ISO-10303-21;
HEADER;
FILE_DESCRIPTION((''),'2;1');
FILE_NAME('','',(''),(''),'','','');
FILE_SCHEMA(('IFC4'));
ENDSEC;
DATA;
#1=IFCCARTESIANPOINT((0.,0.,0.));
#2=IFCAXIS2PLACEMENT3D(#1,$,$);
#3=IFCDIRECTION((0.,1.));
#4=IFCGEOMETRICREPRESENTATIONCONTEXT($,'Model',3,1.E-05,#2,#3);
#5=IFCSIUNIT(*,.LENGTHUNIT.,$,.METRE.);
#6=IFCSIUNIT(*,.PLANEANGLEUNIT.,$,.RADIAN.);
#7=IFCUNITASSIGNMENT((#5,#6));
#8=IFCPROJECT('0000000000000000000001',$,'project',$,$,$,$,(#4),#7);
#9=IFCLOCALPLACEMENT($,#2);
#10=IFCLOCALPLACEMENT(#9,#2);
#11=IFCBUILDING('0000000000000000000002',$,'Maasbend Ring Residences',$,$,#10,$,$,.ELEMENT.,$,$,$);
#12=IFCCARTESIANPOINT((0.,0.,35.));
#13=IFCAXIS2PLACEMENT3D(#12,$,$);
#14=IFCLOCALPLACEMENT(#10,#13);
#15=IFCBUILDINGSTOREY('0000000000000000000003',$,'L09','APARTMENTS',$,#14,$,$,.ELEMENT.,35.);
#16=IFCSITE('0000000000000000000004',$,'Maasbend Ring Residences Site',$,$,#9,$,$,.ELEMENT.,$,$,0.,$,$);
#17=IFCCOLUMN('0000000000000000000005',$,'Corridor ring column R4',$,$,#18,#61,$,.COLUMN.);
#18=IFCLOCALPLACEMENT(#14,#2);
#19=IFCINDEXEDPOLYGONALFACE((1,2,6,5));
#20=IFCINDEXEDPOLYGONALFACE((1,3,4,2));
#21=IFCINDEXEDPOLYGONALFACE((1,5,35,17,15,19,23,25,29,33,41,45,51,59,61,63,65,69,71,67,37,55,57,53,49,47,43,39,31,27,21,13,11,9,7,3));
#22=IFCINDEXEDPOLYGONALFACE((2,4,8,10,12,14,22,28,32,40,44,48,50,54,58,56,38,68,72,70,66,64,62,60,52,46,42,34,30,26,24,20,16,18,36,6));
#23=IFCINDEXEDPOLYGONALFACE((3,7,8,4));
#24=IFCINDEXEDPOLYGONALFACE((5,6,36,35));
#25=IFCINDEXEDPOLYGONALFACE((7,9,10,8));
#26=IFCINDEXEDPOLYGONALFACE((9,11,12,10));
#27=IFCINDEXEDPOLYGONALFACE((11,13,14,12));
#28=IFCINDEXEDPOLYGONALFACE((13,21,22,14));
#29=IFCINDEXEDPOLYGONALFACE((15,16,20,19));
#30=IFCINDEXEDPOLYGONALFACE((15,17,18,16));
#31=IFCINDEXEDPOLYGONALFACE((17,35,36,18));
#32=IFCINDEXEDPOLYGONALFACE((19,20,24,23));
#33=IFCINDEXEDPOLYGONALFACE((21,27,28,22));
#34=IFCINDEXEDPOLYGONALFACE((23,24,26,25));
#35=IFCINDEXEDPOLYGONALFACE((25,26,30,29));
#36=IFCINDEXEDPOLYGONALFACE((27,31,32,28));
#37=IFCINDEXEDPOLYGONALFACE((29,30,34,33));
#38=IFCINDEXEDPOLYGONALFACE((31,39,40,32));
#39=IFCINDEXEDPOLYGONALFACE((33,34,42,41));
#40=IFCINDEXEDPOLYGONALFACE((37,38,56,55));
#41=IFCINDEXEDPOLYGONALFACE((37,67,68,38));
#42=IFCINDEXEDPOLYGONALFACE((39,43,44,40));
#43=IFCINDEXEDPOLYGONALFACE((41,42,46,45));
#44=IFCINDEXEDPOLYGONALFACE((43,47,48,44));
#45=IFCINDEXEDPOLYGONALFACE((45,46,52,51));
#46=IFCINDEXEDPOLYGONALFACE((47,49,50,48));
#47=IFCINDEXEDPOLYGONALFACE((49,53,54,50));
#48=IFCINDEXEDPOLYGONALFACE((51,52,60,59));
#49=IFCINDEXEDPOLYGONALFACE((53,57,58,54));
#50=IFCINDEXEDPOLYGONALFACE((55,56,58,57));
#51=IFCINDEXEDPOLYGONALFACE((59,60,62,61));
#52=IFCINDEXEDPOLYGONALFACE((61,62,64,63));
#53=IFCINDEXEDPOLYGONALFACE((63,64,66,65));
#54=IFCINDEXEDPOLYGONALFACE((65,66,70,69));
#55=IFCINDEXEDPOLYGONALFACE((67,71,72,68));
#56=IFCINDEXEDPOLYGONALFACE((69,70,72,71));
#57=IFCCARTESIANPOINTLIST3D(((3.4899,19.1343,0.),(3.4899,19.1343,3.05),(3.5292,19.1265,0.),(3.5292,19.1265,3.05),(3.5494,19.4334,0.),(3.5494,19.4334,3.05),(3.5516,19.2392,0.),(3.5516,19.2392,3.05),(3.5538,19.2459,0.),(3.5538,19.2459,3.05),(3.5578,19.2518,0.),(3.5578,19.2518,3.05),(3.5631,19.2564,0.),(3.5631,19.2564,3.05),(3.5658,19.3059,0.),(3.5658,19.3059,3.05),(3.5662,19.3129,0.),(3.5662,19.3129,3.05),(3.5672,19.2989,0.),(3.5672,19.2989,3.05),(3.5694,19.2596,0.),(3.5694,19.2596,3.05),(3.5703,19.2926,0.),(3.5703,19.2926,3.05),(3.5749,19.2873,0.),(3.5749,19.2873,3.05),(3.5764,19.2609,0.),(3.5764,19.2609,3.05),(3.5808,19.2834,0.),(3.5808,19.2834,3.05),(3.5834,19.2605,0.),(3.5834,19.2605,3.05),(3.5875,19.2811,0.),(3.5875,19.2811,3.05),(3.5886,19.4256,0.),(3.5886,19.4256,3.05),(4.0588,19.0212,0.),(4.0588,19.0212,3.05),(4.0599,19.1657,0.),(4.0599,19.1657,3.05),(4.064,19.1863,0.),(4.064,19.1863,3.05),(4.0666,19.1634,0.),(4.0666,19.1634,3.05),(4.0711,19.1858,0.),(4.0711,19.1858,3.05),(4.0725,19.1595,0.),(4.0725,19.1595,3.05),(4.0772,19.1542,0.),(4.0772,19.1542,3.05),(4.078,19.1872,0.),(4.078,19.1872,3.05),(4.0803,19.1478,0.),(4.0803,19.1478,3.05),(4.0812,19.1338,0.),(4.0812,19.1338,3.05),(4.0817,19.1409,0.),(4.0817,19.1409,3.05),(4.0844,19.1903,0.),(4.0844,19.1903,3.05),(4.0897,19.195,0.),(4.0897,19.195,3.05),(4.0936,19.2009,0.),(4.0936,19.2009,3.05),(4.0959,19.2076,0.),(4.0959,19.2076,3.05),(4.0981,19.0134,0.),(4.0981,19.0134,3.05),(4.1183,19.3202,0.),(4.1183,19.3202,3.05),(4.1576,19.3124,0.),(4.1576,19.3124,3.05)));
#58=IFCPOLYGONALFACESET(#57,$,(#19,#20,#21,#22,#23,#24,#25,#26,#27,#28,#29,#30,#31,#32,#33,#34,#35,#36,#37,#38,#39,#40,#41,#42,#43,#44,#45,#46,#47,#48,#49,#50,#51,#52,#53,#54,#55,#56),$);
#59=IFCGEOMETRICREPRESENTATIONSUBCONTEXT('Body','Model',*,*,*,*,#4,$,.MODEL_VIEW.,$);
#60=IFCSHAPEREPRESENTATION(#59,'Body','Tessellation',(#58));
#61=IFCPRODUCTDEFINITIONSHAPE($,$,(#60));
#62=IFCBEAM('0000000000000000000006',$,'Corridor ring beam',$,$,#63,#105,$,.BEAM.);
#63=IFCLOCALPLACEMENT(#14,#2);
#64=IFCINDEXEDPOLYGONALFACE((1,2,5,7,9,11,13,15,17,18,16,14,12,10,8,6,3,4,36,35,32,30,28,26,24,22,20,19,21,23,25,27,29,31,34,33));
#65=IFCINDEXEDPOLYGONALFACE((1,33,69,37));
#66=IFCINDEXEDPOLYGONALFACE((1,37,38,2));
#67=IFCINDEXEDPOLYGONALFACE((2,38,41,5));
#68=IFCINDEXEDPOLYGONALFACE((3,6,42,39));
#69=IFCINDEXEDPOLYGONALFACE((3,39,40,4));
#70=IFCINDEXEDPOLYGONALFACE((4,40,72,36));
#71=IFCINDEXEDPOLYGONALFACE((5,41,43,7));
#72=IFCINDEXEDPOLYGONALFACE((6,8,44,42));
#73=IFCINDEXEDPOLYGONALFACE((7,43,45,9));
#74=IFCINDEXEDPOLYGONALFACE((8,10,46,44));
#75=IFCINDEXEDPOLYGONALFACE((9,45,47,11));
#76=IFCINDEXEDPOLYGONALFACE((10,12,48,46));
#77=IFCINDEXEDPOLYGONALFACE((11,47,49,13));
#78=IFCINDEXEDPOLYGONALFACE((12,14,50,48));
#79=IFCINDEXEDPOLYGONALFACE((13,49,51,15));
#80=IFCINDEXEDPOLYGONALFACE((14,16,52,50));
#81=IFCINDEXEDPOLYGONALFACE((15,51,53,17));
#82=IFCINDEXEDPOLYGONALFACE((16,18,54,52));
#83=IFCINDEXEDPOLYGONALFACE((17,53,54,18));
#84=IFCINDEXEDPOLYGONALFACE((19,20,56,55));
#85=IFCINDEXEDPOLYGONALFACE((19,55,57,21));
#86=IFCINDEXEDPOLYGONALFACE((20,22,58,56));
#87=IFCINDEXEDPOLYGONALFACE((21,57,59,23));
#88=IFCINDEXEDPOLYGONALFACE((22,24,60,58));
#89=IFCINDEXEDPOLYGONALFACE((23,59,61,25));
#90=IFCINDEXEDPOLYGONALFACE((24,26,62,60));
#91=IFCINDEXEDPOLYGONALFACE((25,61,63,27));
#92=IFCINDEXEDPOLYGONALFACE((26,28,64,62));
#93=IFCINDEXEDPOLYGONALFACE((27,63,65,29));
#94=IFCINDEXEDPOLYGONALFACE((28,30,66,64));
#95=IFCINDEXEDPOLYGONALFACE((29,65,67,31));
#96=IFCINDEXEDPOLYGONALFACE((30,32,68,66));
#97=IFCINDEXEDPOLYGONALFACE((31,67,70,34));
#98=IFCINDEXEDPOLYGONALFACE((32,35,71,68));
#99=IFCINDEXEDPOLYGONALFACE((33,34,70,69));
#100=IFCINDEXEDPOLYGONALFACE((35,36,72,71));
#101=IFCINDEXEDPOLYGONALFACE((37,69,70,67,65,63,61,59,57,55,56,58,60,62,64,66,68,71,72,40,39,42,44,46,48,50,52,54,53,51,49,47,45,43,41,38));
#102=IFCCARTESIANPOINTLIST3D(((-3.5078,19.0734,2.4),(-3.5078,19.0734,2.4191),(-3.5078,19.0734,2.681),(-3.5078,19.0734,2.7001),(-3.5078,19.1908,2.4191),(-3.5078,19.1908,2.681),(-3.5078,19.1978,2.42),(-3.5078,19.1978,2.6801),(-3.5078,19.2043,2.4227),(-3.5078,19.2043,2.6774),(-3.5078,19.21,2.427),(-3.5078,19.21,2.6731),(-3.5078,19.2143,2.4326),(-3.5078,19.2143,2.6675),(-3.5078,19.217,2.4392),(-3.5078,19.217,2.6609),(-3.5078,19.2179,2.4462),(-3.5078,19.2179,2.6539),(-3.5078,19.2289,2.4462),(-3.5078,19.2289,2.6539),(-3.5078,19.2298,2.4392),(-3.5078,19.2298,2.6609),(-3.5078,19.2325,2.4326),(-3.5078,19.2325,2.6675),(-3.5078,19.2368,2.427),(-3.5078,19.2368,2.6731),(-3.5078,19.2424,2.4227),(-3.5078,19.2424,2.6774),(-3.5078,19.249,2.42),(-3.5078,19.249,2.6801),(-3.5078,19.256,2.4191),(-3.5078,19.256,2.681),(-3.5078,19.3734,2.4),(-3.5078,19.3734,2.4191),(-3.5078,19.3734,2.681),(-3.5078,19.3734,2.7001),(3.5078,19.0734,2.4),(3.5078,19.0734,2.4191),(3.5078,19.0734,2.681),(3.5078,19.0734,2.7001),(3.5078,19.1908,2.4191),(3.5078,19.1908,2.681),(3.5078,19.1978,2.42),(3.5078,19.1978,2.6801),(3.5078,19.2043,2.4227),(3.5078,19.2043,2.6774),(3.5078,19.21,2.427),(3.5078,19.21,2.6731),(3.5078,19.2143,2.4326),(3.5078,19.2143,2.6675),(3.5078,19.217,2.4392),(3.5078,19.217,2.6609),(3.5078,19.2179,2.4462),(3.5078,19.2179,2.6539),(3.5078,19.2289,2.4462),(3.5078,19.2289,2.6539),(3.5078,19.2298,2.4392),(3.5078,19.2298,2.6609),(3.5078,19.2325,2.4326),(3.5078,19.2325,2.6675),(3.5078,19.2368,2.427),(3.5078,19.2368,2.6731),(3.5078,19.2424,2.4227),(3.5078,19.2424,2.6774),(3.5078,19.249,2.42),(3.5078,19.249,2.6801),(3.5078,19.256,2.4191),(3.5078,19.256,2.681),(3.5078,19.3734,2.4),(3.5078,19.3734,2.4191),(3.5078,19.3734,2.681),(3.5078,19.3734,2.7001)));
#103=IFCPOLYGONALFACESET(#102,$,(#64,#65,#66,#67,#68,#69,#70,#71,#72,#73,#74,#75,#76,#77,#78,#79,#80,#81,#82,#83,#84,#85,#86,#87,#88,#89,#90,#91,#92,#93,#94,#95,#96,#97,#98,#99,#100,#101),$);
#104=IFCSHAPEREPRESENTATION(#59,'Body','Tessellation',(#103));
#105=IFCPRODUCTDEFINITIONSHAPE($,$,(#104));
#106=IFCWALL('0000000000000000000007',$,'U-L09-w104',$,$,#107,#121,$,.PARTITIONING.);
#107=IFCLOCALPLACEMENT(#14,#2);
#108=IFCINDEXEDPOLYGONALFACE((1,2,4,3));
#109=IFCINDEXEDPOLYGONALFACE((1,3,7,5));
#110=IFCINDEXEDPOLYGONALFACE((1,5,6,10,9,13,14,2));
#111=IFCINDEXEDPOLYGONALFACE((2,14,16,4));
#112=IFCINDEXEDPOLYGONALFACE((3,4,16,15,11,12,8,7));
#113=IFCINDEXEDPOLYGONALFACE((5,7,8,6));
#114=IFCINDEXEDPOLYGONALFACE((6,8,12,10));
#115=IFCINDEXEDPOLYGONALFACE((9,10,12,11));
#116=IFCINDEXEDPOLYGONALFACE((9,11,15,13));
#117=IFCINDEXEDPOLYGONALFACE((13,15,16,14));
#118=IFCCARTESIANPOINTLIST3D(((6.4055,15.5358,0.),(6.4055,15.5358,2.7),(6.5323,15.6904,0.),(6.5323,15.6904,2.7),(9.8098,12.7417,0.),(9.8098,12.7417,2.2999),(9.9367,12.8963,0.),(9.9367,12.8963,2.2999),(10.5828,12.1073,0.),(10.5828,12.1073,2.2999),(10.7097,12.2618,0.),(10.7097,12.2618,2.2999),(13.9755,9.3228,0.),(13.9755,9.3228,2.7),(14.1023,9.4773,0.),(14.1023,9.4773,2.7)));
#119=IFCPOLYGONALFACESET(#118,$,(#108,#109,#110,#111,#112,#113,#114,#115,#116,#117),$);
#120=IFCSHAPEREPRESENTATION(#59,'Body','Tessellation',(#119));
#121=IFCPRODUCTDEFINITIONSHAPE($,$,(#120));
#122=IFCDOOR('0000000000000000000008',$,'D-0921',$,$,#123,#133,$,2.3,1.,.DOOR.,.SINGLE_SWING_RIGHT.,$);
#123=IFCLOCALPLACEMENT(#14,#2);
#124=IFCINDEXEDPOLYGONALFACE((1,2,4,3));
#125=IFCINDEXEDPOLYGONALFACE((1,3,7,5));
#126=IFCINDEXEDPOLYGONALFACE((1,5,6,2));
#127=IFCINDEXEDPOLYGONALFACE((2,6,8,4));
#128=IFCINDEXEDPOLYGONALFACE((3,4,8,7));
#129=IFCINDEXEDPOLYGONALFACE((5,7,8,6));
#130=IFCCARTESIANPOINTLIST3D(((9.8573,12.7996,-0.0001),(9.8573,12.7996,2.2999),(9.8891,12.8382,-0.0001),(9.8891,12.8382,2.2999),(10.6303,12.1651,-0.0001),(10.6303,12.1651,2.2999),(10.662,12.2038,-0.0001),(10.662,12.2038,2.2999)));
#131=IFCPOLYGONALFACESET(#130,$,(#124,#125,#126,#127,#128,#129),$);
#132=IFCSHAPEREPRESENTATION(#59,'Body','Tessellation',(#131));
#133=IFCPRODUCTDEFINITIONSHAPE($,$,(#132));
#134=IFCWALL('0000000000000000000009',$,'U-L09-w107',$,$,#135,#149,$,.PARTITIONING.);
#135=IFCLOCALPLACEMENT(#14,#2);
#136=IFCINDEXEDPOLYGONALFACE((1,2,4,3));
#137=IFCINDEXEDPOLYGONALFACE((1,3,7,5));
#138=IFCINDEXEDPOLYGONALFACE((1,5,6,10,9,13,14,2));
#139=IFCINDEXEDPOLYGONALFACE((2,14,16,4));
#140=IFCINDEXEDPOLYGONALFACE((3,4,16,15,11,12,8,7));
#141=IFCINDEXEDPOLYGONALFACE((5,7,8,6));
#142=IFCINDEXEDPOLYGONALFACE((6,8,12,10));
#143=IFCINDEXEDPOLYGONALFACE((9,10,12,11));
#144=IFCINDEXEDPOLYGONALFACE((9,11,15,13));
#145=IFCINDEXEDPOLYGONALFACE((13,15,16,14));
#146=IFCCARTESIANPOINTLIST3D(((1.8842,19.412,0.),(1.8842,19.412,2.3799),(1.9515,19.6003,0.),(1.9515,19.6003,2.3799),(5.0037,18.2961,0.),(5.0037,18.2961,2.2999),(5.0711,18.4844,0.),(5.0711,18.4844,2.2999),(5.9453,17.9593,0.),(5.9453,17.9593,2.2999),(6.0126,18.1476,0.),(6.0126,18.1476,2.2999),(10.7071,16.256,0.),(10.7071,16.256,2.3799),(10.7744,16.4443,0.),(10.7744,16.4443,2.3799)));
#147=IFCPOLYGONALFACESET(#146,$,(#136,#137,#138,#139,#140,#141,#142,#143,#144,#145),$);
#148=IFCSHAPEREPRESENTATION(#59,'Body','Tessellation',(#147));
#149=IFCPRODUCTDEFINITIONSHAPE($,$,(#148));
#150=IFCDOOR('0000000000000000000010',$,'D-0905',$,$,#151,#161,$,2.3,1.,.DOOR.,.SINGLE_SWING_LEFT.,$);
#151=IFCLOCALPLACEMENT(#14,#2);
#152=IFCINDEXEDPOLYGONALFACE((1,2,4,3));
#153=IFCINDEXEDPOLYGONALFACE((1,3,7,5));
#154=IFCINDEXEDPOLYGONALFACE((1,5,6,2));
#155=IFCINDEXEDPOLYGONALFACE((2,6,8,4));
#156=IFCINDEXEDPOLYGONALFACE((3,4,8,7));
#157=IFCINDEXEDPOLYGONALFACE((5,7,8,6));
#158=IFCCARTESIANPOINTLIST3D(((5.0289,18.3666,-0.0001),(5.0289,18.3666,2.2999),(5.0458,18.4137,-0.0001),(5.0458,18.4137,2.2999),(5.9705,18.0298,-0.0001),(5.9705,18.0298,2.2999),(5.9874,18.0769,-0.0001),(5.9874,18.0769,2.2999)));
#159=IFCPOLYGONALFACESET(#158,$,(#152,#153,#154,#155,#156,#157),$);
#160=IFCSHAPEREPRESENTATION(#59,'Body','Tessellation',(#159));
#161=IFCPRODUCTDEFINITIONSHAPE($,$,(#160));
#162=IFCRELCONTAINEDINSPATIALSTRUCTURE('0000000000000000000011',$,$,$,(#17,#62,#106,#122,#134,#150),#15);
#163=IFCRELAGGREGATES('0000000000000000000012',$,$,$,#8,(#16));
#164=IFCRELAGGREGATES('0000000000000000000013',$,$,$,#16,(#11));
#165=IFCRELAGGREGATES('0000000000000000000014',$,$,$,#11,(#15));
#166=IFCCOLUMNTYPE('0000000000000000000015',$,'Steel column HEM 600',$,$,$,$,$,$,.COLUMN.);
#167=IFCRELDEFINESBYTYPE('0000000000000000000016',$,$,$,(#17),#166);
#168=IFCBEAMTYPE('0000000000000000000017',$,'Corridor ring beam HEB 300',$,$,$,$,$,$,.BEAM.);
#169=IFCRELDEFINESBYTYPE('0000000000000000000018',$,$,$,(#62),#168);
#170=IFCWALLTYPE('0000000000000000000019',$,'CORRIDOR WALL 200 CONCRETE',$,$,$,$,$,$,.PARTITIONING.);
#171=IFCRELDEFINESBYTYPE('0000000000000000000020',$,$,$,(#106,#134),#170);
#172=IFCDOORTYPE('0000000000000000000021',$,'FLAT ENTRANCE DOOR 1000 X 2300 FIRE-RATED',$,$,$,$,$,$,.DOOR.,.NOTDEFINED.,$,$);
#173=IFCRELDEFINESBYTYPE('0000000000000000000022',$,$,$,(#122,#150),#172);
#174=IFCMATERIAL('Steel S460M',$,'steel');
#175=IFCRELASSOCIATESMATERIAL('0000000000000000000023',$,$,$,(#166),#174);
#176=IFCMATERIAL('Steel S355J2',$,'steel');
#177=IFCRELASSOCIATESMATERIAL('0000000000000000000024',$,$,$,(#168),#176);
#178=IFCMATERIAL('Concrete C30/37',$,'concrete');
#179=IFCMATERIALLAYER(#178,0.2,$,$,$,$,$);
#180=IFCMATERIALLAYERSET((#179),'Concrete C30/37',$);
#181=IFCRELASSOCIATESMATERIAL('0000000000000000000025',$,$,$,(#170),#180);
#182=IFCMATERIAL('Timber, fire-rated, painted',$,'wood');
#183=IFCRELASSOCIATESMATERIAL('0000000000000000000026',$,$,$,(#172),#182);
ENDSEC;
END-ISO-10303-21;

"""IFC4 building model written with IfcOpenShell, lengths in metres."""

from ifc_helpers import new_model, si_unit, direction, frame, frame_2d, origin, origin_2d, place, context, subcontext, project, spatial, rectangle, i_section, extrude, material, layer, layer_set, material_profile, profile_set, type_object, element, fill, save


model = new_model("IFC4")

# Units and contexts
model_context = context("Model", 3, precision=1e-05, world=origin(), true_north=direction((0.0, 1.0)))
body_context = subcontext(model_context, "Body", "Model", "MODEL_VIEW")
ifc_project = project(units=[si_unit("LENGTHUNIT", "METRE"), si_unit("PLANEANGLEUNIT", "RADIAN")], contexts=[model_context])

# Site, building, storey
site_placement = place(None, origin())
site = spatial("IfcSite", under=ifc_project, at=site_placement, Name="Maasbend Ring Residences Site", CompositionType="ELEMENT", RefElevation=0.0)
building_placement = place(site_placement, origin())
building = spatial("IfcBuilding", under=site, at=building_placement, Name="Maasbend Ring Residences", CompositionType="ELEMENT")
storey_placement = place(building_placement, frame((0.0, 0.0, 35.0)))
storey = spatial("IfcBuildingStorey", under=building, at=storey_placement, Name="L09", Description="APARTMENTS", CompositionType="ELEMENT", Elevation=35.0)

# Column
ifc_material_1 = material(Name="Steel S460M", Category="steel")
ifc_material_profile_1 = material_profile(ifc_material_1, i_section(OverallWidth=0.3049, OverallDepth=0.6201, WebThickness=0.021, FlangeThickness=0.04, FilletRadius=0.0271, at=origin_2d()), Name="HEM 600")
ifc_profile_set_1 = profile_set([ifc_material_profile_1], Name="Steel S460M")
column_type = type_object("IfcColumnType", Name="Steel column HEM 600", PredefinedType="COLUMN", material=ifc_profile_set_1)
column_placement = place(storey_placement, frame((3.8237, 19.2234, 0.0), z_axis=(0.0, 0.0, 1.0), x_axis=(0.19509, 0.980785, 0.0)))
element("IfcColumn", 1, at=column_placement, inside=storey, type_object=column_type, Name="Corridor ring column R4", PredefinedType="COLUMN", context=body_context, shape_type="SweptSolid", body=[
    extrude(i_section(OverallWidth=0.3049, OverallDepth=0.6201, WebThickness=0.021, FlangeThickness=0.04, FilletRadius=0.0271, at=origin_2d()), origin(), (0.0, 0.0, 1.0), 3.05),
])

# Beam
ifc_material_2 = material(Name="Steel S355J2", Category="steel")
ifc_material_profile_2 = material_profile(ifc_material_2, i_section(OverallWidth=0.3, OverallDepth=0.3, WebThickness=0.011, FlangeThickness=0.019, FilletRadius=0.0271, at=origin_2d()), Name="HEB 300")
ifc_profile_set_2 = profile_set([ifc_material_profile_2], Name="Steel S355J2")
beam_type = type_object("IfcBeamType", Name="Corridor ring beam HEB 300", PredefinedType="BEAM", material=ifc_profile_set_2)
beam_placement = place(storey_placement, frame((3.5078, 19.2234, 2.55), z_axis=(-1.0, 0.0, 0.0), x_axis=(0.0, -1.0, 0.0)))
element("IfcBeam", 2, at=beam_placement, inside=storey, type_object=beam_type, Name="Corridor ring beam", PredefinedType="BEAM", context=body_context, shape_type="SweptSolid", body=[
    extrude(i_section(OverallWidth=0.3, OverallDepth=0.3, WebThickness=0.011, FlangeThickness=0.019, FilletRadius=0.0271, at=origin_2d()), origin(), (0.0, 0.0, 1.0), 7.0156),
])

# Walls, openings, doors
ifc_material_3 = material(Name="Concrete C30/37", Category="concrete")
ifc_layer_1 = layer(ifc_material_3, 0.2)
ifc_layer_set_1 = layer_set([ifc_layer_1], Name="Concrete C30/37")
wall_type_1 = type_object("IfcWallType", Name="CORRIDOR WALL 200 CONCRETE", PredefinedType="PARTITIONING", material=ifc_layer_set_1)
wall_1_placement = place(storey_placement, frame((6.469, 15.613, 0.0), z_axis=(0.0, 0.0, 1.0), x_axis=(0.772983, -0.634426, 0.0)))
wall_1 = element("IfcWall", 3, at=wall_1_placement, inside=storey, type_object=wall_type_1, Name="U-L09-w104", PredefinedType="PARTITIONING", context=body_context, shape_type="SweptSolid", body=[
    extrude(rectangle(XDim=9.7932, YDim=0.2, at=frame_2d((4.8965, 0.0))), origin(), (0.0, 0.0, 1.0), 2.7),
])
opening_1_placement = place(wall_1_placement, frame((4.4041, 0.0, 0.0)))
opening_1 = element("IfcOpeningElement", 4, at=opening_1_placement, cuts=wall_1, PredefinedType="OPENING", context=body_context, shape_type="SweptSolid", body=[
    extrude(rectangle(XDim=1.0, YDim=2.3, at=frame_2d((0.5, 1.1499))), frame((0.0, 0.1099, 0.0), z_axis=(0.0, -1.0, 0.0), x_axis=(1.0, 0.0, 0.0)), (0.0, 0.0, 1.0), 0.22),
])
ifc_material_4 = material(Name="Timber, fire-rated, painted", Category="wood")
door_type_1 = type_object("IfcDoorType", Name="FLAT ENTRANCE DOOR 1000 X 2300 FIRE-RATED", OperationType="NOTDEFINED", PredefinedType="DOOR", material=ifc_material_4)
door_1_placement = place(opening_1_placement, origin())
door_1 = element("IfcDoor", 5, at=door_1_placement, inside=storey, type_object=door_type_1, Name="D-0921", OperationType="SINGLE_SWING_RIGHT", OverallHeight=2.3, OverallWidth=1.0, PredefinedType="DOOR", context=body_context, shape_type="SweptSolid", body=[
    extrude(rectangle(XDim=1.0, YDim=2.3, at=frame_2d((0.5, 1.1499))), frame((0.0, 0.0249, 0.0), z_axis=(0.0, -1.0, 0.0), x_axis=(1.0, 0.0, 0.0)), (0.0, 0.0, 1.0), 0.05),
])
fill(opening_1, door_1)
wall_2_placement = place(storey_placement, frame((1.918, 19.5061, 0.0), z_axis=(0.0, 0.0, 1.0), x_axis=(0.941575, -0.336803, 0.0)))
wall_2 = element("IfcWall", 6, at=wall_2_placement, inside=storey, type_object=wall_type_1, Name="U-L09-w107", PredefinedType="PARTITIONING", context=body_context, shape_type="SweptSolid", body=[
    extrude(rectangle(XDim=9.3704, YDim=0.2, at=frame_2d((4.6851, 0.0))), origin(), (0.0, 0.0, 1.0), 2.3799),
])
opening_2_placement = place(wall_2_placement, frame((3.313, 0.0, 0.0)))
opening_2 = element("IfcOpeningElement", 7, at=opening_2_placement, cuts=wall_2, PredefinedType="OPENING", context=body_context, shape_type="SweptSolid", body=[
    extrude(rectangle(XDim=1.0, YDim=2.3, at=frame_2d((0.5, 1.1499))), frame((0.0, 0.1099, 0.0), z_axis=(0.0, -1.0, 0.0), x_axis=(1.0, 0.0, 0.0)), (0.0, 0.0, 1.0), 0.22),
])
door_2_placement = place(opening_2_placement, origin())
door_2 = element("IfcDoor", 8, at=door_2_placement, inside=storey, type_object=door_type_1, Name="D-0905", OperationType="SINGLE_SWING_LEFT", OverallHeight=2.3, OverallWidth=1.0, PredefinedType="DOOR", context=body_context, shape_type="SweptSolid", body=[
    extrude(rectangle(XDim=1.0, YDim=2.3, at=frame_2d((0.5, 1.1499))), frame((0.0, 0.0249, 0.0), z_axis=(0.0, -1.0, 0.0), x_axis=(1.0, 0.0, 0.0)), (0.0, 0.0, 1.0), 0.05),
])
fill(opening_2, door_2)

save(model, "model.ifc")
